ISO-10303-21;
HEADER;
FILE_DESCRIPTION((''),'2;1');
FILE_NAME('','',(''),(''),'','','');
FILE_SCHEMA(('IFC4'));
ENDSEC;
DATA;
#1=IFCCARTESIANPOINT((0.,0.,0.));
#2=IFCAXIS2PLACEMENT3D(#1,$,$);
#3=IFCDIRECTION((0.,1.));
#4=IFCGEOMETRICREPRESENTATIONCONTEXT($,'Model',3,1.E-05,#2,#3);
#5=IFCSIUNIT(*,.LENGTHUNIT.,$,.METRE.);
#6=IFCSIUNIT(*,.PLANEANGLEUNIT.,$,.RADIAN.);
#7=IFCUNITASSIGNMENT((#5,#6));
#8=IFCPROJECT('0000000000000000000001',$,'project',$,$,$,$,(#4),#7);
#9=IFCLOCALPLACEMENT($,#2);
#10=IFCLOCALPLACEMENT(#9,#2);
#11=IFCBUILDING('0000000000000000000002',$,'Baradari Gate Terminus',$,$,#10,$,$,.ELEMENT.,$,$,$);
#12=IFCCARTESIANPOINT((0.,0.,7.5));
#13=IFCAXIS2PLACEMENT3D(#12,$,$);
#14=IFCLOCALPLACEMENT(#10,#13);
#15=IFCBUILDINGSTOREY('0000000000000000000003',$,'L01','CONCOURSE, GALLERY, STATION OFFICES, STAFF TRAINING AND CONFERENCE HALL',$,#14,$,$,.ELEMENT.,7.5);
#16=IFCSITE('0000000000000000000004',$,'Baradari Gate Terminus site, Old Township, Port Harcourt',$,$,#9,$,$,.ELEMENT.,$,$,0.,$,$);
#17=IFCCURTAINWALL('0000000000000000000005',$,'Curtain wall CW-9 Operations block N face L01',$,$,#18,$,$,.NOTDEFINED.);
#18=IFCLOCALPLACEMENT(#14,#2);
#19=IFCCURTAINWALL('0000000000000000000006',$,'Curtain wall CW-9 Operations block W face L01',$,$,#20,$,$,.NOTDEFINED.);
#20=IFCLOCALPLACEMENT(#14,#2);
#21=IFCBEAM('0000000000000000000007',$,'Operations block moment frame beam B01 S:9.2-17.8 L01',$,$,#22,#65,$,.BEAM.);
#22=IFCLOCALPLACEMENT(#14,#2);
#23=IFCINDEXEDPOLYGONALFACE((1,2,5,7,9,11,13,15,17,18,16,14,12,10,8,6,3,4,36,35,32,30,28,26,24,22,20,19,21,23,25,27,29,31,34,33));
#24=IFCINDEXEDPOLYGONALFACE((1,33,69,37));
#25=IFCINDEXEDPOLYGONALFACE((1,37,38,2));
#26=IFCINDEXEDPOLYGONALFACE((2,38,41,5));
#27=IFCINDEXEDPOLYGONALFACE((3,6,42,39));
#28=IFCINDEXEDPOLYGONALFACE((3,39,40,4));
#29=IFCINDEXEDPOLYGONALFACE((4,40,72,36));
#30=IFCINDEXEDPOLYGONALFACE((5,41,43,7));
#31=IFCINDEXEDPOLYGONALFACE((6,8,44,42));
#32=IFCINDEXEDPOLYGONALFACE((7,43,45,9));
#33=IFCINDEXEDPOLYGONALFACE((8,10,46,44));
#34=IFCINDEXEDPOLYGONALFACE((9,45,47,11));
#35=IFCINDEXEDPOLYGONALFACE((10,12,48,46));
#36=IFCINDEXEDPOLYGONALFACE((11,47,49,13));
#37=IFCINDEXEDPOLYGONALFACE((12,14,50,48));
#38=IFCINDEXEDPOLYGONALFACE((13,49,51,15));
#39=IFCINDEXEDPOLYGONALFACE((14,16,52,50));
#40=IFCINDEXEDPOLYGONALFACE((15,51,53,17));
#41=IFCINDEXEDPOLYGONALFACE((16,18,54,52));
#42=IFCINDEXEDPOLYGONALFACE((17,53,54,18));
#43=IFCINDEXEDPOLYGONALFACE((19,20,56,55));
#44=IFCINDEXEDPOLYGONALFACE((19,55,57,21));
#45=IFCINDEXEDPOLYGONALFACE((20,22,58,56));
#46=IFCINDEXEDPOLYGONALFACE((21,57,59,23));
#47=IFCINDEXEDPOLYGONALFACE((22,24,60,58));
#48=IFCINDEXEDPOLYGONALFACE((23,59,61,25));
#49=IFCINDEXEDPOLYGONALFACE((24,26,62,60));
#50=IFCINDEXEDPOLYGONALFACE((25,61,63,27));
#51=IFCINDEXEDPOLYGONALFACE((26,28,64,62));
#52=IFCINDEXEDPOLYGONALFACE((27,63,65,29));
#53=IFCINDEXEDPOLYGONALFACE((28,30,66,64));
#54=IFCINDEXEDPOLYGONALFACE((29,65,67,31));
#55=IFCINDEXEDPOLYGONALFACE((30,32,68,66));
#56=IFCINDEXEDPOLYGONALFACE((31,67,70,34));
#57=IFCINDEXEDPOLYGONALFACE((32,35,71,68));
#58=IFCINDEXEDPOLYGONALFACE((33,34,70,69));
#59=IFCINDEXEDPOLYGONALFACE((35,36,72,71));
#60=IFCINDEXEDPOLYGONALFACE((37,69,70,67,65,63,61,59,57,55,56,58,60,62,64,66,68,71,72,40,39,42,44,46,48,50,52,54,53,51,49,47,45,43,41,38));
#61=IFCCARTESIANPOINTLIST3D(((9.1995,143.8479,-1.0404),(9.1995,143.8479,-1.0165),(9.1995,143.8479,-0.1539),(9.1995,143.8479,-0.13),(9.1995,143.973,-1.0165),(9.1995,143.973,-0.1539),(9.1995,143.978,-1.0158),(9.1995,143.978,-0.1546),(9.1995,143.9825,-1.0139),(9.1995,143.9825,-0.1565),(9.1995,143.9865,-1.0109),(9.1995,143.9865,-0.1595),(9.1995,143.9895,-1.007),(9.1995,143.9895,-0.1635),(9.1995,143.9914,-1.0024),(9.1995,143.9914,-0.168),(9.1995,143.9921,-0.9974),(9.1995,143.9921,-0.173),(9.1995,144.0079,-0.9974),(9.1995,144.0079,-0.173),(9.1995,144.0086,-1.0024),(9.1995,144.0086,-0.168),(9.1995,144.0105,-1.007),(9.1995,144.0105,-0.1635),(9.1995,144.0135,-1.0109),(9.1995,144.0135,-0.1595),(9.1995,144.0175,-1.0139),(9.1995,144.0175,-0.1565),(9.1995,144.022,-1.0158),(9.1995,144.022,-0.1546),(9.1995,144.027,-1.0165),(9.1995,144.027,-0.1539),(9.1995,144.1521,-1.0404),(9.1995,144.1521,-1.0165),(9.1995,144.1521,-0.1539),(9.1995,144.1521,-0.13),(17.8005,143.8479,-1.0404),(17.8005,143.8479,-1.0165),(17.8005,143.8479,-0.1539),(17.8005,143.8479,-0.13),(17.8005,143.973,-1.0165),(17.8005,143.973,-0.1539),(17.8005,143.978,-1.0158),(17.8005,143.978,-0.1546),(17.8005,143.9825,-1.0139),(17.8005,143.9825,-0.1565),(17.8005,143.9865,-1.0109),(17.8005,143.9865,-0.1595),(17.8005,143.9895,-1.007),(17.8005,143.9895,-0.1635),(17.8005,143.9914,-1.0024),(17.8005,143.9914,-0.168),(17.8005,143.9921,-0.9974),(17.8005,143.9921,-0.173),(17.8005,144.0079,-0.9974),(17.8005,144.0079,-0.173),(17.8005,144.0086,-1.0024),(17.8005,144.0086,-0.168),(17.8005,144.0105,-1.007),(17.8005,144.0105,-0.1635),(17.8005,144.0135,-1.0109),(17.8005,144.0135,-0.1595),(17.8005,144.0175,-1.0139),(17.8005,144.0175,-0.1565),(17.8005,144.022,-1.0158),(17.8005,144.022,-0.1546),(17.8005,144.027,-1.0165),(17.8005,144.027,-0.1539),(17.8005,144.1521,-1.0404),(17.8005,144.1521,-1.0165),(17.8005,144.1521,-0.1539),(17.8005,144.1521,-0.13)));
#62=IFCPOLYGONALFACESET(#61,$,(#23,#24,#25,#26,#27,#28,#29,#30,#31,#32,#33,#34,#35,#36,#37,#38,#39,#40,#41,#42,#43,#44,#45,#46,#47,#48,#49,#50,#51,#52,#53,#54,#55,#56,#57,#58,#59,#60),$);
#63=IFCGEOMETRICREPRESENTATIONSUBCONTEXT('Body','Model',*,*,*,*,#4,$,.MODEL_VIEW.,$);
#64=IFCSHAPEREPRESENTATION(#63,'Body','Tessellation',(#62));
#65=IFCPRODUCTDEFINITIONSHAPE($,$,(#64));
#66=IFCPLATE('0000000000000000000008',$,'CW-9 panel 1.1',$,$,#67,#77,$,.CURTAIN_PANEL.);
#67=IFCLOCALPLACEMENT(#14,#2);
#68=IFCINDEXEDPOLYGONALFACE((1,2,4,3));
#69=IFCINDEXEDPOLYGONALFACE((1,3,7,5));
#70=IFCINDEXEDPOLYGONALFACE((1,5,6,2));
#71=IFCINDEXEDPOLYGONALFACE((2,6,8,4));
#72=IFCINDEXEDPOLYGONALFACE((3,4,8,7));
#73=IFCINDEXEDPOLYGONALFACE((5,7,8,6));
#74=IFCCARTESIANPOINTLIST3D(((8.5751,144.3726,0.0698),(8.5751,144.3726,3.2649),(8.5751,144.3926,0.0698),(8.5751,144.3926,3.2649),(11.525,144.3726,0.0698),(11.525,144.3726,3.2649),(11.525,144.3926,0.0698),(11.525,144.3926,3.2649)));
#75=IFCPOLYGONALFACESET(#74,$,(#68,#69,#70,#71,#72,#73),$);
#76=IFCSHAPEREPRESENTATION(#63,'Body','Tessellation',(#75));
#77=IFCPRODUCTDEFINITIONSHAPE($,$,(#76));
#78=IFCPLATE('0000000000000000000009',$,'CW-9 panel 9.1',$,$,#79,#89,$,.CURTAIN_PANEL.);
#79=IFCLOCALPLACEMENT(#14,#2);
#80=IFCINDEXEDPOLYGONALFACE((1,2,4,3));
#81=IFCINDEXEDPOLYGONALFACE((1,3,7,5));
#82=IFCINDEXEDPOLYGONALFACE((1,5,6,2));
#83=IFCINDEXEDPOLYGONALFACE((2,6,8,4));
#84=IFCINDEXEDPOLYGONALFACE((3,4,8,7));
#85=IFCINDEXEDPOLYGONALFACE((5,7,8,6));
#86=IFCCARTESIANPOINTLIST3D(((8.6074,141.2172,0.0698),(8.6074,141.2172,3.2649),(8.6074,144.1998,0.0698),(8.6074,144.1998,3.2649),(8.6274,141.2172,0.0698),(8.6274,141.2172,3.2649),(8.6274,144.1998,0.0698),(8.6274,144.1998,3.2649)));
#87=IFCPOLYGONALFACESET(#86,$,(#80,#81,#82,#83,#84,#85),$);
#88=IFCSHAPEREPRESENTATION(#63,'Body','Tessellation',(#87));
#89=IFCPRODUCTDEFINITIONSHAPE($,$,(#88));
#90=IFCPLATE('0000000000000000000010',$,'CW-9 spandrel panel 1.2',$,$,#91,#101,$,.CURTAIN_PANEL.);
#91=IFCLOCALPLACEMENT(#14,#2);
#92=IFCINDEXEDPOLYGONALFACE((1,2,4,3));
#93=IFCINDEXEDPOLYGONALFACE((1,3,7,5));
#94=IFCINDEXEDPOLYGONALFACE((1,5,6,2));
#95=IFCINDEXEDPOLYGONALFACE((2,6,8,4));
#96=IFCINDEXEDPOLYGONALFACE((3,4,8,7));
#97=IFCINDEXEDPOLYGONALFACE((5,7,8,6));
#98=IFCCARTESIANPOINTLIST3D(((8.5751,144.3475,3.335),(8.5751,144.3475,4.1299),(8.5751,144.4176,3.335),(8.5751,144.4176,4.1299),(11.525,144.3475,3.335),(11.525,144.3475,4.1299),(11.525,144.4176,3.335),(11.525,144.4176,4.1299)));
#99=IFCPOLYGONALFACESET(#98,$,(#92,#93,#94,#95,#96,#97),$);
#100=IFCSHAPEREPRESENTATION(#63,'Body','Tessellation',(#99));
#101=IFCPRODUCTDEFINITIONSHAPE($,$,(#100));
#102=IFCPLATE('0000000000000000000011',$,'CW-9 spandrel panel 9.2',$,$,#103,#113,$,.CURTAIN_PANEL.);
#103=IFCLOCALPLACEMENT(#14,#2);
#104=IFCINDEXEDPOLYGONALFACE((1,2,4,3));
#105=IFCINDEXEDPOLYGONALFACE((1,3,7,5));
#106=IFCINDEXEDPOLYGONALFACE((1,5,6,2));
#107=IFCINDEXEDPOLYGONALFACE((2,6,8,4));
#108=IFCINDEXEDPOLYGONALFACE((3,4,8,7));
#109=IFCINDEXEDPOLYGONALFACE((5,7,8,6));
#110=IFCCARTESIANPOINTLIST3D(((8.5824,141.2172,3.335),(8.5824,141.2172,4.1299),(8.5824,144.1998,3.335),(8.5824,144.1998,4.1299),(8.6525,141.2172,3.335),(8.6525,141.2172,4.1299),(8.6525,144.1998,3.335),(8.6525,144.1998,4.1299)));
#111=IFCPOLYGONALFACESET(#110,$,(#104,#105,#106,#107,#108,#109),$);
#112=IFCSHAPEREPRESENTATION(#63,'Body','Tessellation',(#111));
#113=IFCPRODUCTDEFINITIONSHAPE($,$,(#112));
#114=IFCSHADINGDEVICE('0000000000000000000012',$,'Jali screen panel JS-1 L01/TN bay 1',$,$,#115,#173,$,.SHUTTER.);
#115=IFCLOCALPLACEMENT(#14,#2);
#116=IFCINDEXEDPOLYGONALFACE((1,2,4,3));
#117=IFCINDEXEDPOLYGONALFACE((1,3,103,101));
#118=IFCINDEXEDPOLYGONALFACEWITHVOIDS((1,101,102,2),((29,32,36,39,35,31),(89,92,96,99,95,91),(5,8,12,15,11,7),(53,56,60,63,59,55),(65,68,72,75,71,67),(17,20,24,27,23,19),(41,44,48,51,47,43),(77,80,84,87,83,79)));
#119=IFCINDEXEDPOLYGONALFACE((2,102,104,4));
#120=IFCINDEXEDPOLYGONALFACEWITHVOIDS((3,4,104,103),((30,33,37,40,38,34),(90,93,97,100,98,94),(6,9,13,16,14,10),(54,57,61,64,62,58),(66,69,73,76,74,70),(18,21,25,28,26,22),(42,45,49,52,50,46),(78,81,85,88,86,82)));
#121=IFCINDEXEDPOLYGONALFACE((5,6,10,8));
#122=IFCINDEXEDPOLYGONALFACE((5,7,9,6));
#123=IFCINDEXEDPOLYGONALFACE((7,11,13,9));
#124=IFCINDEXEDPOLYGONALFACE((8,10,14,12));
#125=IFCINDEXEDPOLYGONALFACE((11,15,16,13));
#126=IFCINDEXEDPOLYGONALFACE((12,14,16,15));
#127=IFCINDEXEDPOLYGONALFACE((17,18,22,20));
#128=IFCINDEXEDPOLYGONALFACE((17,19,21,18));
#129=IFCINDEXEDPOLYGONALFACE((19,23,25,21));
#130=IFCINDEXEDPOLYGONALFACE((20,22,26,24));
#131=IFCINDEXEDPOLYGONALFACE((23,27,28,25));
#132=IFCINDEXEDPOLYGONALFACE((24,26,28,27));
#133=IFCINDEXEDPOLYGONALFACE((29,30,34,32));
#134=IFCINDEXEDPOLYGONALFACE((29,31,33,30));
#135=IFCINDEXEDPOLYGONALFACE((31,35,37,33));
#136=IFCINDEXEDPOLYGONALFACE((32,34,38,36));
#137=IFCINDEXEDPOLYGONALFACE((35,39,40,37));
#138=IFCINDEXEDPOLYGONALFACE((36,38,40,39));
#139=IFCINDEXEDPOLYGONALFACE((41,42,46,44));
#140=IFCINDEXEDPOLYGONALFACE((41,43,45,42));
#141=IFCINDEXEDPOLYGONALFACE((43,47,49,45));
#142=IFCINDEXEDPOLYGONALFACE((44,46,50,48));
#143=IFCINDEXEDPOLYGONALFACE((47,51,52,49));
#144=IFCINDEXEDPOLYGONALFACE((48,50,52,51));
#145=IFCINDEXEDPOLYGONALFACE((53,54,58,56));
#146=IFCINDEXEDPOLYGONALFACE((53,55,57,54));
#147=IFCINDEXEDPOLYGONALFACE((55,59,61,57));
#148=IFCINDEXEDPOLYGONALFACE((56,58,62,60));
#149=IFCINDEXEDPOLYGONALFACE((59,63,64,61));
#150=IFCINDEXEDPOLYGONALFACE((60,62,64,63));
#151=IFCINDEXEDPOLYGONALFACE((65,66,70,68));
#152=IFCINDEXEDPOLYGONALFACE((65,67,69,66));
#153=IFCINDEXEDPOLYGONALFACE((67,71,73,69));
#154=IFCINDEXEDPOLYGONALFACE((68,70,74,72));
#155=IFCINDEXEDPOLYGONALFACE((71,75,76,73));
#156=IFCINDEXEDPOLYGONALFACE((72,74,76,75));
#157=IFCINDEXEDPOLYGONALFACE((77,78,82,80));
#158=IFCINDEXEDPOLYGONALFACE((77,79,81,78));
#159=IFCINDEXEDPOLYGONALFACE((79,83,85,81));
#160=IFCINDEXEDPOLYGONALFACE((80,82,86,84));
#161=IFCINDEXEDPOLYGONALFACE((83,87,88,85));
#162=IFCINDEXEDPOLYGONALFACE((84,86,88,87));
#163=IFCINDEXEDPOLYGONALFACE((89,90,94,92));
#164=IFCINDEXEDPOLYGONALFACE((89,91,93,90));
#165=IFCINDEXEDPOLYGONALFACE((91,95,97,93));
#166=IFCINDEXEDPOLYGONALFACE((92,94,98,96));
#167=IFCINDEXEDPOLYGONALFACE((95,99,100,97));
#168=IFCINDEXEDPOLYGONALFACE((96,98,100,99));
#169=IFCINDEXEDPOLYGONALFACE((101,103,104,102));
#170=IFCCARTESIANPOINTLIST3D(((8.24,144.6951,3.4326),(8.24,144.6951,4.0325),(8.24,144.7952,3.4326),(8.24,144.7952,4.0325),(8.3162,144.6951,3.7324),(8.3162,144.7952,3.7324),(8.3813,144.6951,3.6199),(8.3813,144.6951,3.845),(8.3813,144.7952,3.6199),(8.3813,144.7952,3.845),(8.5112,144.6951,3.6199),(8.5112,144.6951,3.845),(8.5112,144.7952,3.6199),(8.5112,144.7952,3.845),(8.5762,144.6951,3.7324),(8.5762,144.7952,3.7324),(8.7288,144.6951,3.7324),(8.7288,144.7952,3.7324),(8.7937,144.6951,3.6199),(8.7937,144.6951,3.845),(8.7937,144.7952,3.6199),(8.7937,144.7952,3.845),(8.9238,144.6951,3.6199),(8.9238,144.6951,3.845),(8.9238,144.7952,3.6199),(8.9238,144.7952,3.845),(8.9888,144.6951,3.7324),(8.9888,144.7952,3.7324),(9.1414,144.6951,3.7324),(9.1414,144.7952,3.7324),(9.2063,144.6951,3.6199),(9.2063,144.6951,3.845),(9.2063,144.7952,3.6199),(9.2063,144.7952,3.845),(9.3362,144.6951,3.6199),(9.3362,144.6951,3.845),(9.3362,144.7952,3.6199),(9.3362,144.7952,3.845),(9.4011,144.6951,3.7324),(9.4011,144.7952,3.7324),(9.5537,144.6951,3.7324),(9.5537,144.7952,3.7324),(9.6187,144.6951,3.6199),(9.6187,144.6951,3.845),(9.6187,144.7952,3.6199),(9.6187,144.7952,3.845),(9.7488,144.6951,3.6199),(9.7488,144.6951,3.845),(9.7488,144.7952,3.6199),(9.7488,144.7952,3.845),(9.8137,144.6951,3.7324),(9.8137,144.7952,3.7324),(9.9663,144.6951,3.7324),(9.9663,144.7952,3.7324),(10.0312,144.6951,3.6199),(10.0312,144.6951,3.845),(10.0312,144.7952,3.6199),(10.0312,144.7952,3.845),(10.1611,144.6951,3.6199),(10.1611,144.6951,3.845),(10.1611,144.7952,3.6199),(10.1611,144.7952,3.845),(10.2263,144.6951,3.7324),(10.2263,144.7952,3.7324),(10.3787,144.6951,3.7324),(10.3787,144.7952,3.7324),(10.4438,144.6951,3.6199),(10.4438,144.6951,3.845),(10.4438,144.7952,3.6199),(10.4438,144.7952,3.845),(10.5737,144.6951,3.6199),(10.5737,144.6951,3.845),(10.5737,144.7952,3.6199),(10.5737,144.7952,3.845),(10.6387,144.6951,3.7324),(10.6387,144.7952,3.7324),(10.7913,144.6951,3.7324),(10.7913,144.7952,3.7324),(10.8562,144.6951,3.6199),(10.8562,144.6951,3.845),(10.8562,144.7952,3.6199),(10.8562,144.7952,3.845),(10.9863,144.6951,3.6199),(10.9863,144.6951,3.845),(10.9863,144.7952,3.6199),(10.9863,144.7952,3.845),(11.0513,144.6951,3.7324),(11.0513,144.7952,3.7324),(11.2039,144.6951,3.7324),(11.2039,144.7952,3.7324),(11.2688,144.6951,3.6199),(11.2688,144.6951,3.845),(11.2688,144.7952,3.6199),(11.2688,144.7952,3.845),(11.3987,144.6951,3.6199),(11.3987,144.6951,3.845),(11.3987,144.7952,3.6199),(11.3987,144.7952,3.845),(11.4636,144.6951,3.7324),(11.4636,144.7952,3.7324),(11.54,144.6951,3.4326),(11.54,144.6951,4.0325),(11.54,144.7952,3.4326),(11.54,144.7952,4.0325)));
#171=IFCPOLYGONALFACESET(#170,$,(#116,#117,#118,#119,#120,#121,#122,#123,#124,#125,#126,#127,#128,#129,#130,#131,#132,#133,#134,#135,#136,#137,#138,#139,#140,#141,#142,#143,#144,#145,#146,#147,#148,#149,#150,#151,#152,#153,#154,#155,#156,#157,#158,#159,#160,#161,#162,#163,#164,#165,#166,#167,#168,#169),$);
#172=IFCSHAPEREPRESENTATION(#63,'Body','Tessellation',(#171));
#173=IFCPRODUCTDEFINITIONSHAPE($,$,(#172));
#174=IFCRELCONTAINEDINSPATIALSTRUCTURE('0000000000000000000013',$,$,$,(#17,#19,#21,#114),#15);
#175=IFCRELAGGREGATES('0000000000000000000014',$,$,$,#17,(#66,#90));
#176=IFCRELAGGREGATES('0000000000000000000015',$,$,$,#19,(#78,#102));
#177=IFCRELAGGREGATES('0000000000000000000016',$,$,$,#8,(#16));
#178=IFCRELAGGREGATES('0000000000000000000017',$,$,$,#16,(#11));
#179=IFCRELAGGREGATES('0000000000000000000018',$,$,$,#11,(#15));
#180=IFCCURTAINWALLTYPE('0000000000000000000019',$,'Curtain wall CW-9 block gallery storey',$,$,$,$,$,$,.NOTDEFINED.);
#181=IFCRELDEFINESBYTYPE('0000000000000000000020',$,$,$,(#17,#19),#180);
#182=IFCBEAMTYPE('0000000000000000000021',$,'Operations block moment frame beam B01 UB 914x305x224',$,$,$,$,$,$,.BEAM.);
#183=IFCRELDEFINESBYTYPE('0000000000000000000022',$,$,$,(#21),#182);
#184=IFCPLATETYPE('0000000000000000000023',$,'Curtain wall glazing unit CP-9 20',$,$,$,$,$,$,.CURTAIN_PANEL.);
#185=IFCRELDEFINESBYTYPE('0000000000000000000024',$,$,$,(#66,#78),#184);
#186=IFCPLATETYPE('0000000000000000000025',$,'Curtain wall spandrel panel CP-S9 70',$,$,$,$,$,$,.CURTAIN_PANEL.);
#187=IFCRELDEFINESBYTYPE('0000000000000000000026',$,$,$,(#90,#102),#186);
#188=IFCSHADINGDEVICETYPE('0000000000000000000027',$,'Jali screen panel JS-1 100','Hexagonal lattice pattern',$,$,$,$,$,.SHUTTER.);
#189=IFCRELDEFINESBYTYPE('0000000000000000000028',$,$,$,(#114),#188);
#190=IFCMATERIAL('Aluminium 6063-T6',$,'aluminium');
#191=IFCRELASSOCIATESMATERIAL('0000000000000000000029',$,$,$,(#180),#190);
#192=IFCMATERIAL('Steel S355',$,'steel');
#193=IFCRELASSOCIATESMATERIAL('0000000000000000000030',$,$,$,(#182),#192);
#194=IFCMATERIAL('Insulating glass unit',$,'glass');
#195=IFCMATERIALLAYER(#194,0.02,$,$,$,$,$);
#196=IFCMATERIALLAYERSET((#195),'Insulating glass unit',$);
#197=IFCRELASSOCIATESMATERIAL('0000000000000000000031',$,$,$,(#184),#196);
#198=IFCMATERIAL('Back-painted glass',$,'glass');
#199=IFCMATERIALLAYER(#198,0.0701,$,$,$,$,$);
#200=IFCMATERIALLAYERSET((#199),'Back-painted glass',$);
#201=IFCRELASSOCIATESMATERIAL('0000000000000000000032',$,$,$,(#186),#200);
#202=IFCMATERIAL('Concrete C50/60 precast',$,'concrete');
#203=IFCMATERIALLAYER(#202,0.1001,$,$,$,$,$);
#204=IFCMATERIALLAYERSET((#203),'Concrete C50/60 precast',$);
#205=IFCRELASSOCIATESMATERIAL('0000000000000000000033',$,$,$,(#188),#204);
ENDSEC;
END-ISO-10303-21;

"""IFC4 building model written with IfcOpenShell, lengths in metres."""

from ifc_helpers import new_model, si_unit, direction, frame, origin, origin_2d, place, context, subcontext, project, spatial, polyline, rectangle, i_section, outline, extrude, material, layer, layer_set, material_profile, profile_set, type_object, element, aggregate, save


model = new_model("IFC4")

# Units and contexts
model_context = context("Model", 3, precision=1e-05, world=origin(), true_north=direction((0.0, 1.0)))
body_context = subcontext(model_context, "Body", "Model", "MODEL_VIEW")
ifc_project = project(units=[si_unit("LENGTHUNIT", "METRE"), si_unit("PLANEANGLEUNIT", "RADIAN")], contexts=[model_context])

# Site, building, storey
site_placement = place(None, origin())
site = spatial("IfcSite", under=ifc_project, at=site_placement, Name="Baradari Gate Terminus site, Old Township, Port Harcourt", CompositionType="ELEMENT", RefElevation=0.0)
building_placement = place(site_placement, origin())
building = spatial("IfcBuilding", under=site, at=building_placement, Name="Baradari Gate Terminus", CompositionType="ELEMENT")
storey_placement = place(building_placement, frame((0.0, 0.0, 7.5)))
storey = spatial("IfcBuildingStorey", under=building, at=storey_placement, Name="L01", Description="CONCOURSE, GALLERY, STATION OFFICES, STAFF TRAINING AND CONFERENCE HALL", CompositionType="ELEMENT", Elevation=7.5)

# Curtain wall
ifc_material_1 = material(Name="Aluminium 6063-T6", Category="aluminium")
curtain_wall_type = type_object("IfcCurtainWallType", Name="Curtain wall CW-9 block gallery storey", PredefinedType="NOTDEFINED", material=ifc_material_1)
curtain_wall_1_placement = place(storey_placement, origin())
curtain_wall_1 = element("IfcCurtainWall", 1, at=curtain_wall_1_placement, inside=storey, type_object=curtain_wall_type, Name="Curtain wall CW-9 Operations block N face L01", PredefinedType="NOTDEFINED")

# Curtain wall
curtain_wall_2_placement = place(storey_placement, origin())
curtain_wall_2 = element("IfcCurtainWall", 2, at=curtain_wall_2_placement, inside=storey, type_object=curtain_wall_type, Name="Curtain wall CW-9 Operations block W face L01", PredefinedType="NOTDEFINED")

# Beam
ifc_material_2 = material(Name="Steel S355", Category="steel")
ifc_material_profile_1 = material_profile(ifc_material_2, i_section(OverallWidth=0.3042, OverallDepth=0.9104, WebThickness=0.0159, FlangeThickness=0.0239, FilletRadius=0.019, at=origin_2d()), Name="UB 914x305x224")
ifc_profile_set_1 = profile_set([ifc_material_profile_1], Name="Steel S355")
beam_type = type_object("IfcBeamType", Name="Operations block moment frame beam B01 UB 914x305x224", PredefinedType="BEAM", material=ifc_profile_set_1)
beam_placement = place(storey_placement, frame((9.1995, 144.0, -0.5852), z_axis=(1.0, 0.0, 0.0), x_axis=(0.0, 1.0, 0.0)))
element("IfcBeam", 3, at=beam_placement, inside=storey, type_object=beam_type, Name="Operations block moment frame beam B01 S:9.2-17.8 L01", PredefinedType="BEAM", context=body_context, shape_type="SweptSolid", body=[
    extrude(i_section(OverallWidth=0.3042, OverallDepth=0.9104, WebThickness=0.0159, FlangeThickness=0.0239, FilletRadius=0.019, at=origin_2d()), origin(), (0.0, 0.0, 1.0), 8.6011),
])

# Plates
ifc_material_3 = material(Name="Insulating glass unit", Category="glass")
ifc_layer_1 = layer(ifc_material_3, 0.02)
ifc_layer_set_1 = layer_set([ifc_layer_1], Name="Insulating glass unit")
plate_type_1 = type_object("IfcPlateType", Name="Curtain wall glazing unit CP-9 20", PredefinedType="CURTAIN_PANEL", material=ifc_layer_set_1)
plate_1_placement = place(storey_placement, frame((10.05, 144.3826, 0.0698), z_axis=(0.0, 0.0, 1.0), x_axis=(1.0, 0.0, 0.0)))
plate_1 = element("IfcPlate", 4, at=plate_1_placement, type_object=plate_type_1, Name="CW-9 panel 1.1", PredefinedType="CURTAIN_PANEL", context=body_context, shape_type="SweptSolid", body=[
    extrude(rectangle(XDim=2.95, YDim=0.02, at=origin_2d()), origin(), (0.0, 0.0, 1.0), 3.1951),
])
plate_2_placement = place(storey_placement, frame((8.6174, 142.7085, 0.0698), z_axis=(0.0, 0.0, 1.0), x_axis=(0.0, 1.0, 0.0)))
plate_2 = element("IfcPlate", 5, at=plate_2_placement, type_object=plate_type_1, Name="CW-9 panel 9.1", PredefinedType="CURTAIN_PANEL", context=body_context, shape_type="SweptSolid", body=[
    extrude(rectangle(XDim=2.9827, YDim=0.02, at=origin_2d()), origin(), (0.0, 0.0, 1.0), 3.1951),
])
ifc_material_4 = material(Name="Back-painted glass", Category="glass")
ifc_layer_2 = layer(ifc_material_4, 0.0701)
ifc_layer_set_2 = layer_set([ifc_layer_2], Name="Back-painted glass")
plate_type_2 = type_object("IfcPlateType", Name="Curtain wall spandrel panel CP-S9 70", PredefinedType="CURTAIN_PANEL", material=ifc_layer_set_2)
plate_3_placement = place(storey_placement, frame((10.05, 144.3826, 3.335), z_axis=(0.0, 0.0, 1.0), x_axis=(1.0, 0.0, 0.0)))
plate_3 = element("IfcPlate", 6, at=plate_3_placement, type_object=plate_type_2, Name="CW-9 spandrel panel 1.2", PredefinedType="CURTAIN_PANEL", context=body_context, shape_type="SweptSolid", body=[
    extrude(rectangle(XDim=2.95, YDim=0.0701, at=origin_2d()), origin(), (0.0, 0.0, 1.0), 0.7949),
])
aggregate(curtain_wall_1, [plate_1, plate_3])
plate_4_placement = place(storey_placement, frame((8.6174, 142.7085, 3.335), z_axis=(0.0, 0.0, 1.0), x_axis=(0.0, 1.0, 0.0)))
plate_4 = element("IfcPlate", 7, at=plate_4_placement, type_object=plate_type_2, Name="CW-9 spandrel panel 9.2", PredefinedType="CURTAIN_PANEL", context=body_context, shape_type="SweptSolid", body=[
    extrude(rectangle(XDim=2.9827, YDim=0.0701, at=origin_2d()), origin(), (0.0, 0.0, 1.0), 0.7949),
])
aggregate(curtain_wall_2, [plate_2, plate_4])

# Shading device
ifc_material_5 = material(Name="Concrete C50/60 precast", Category="concrete")
ifc_layer_3 = layer(ifc_material_5, 0.1001)
ifc_layer_set_3 = layer_set([ifc_layer_3], Name="Concrete C50/60 precast")
shading_device_type = type_object("IfcShadingDeviceType", Name="Jali screen panel JS-1 100", Description="Hexagonal lattice pattern", PredefinedType="SHUTTER", material=ifc_layer_set_3)
shading_device_1_placement = place(storey_placement, frame((8.24, 144.7451, 3.4326), z_axis=(0.0, 0.0, 1.0), x_axis=(1.0, 0.0, 0.0)))
element("IfcShadingDevice", 8, at=shading_device_1_placement, inside=storey, type_object=shading_device_type, Name="Jali screen panel JS-1 L01/TN bay 1", PredefinedType="SHUTTER", context=body_context, shape_type="SweptSolid", body=[
    extrude(outline(polyline([(0.0, 0.0), (3.3, 0.0), (3.3, 0.5999), (0.0, 0.5999), (0.0, 0.0)]), holes=[polyline([(0.3362, 0.2998), (0.2712, 0.1873), (0.1414, 0.1873), (0.0762, 0.2998), (0.1414, 0.4124), (0.2712, 0.4124), (0.3362, 0.2998)]), polyline([(0.7488, 0.2998), (0.6838, 0.1873), (0.5537, 0.1873), (0.4888, 0.2998), (0.5537, 0.4124), (0.6838, 0.4124), (0.7488, 0.2998)]), polyline([(1.1611, 0.2998), (1.0962, 0.1873), (0.9663, 0.1873), (0.9014, 0.2998), (0.9663, 0.4124), (1.0962, 0.4124), (1.1611, 0.2998)]), polyline([(1.5737, 0.2998), (1.5088, 0.1873), (1.3787, 0.1873), (1.3137, 0.2998), (1.3787, 0.4124), (1.5088, 0.4124), (1.5737, 0.2998)]), polyline([(1.9863, 0.2998), (1.9211, 0.1873), (1.7913, 0.1873), (1.7263, 0.2998), (1.7913, 0.4124), (1.9211, 0.4124), (1.9863, 0.2998)]), polyline([(2.3987, 0.2998), (2.3337, 0.1873), (2.2039, 0.1873), (2.1387, 0.2998), (2.2039, 0.4124), (2.3337, 0.4124), (2.3987, 0.2998)]), polyline([(2.8113, 0.2998), (2.7463, 0.1873), (2.6162, 0.1873), (2.5513, 0.2998), (2.6162, 0.4124), (2.7463, 0.4124), (2.8113, 0.2998)]), polyline([(3.2236, 0.2998), (3.1587, 0.1873), (3.0288, 0.1873), (2.9639, 0.2998), (3.0288, 0.4124), (3.1587, 0.4124), (3.2236, 0.2998)])]), frame((0.0, 0.05, 0.0), z_axis=(0.0, -1.0, 0.0), x_axis=(1.0, 0.0, 0.0)), (0.0, 0.0, 1.0), 0.1001),
])

save(model, "model.ifc")
